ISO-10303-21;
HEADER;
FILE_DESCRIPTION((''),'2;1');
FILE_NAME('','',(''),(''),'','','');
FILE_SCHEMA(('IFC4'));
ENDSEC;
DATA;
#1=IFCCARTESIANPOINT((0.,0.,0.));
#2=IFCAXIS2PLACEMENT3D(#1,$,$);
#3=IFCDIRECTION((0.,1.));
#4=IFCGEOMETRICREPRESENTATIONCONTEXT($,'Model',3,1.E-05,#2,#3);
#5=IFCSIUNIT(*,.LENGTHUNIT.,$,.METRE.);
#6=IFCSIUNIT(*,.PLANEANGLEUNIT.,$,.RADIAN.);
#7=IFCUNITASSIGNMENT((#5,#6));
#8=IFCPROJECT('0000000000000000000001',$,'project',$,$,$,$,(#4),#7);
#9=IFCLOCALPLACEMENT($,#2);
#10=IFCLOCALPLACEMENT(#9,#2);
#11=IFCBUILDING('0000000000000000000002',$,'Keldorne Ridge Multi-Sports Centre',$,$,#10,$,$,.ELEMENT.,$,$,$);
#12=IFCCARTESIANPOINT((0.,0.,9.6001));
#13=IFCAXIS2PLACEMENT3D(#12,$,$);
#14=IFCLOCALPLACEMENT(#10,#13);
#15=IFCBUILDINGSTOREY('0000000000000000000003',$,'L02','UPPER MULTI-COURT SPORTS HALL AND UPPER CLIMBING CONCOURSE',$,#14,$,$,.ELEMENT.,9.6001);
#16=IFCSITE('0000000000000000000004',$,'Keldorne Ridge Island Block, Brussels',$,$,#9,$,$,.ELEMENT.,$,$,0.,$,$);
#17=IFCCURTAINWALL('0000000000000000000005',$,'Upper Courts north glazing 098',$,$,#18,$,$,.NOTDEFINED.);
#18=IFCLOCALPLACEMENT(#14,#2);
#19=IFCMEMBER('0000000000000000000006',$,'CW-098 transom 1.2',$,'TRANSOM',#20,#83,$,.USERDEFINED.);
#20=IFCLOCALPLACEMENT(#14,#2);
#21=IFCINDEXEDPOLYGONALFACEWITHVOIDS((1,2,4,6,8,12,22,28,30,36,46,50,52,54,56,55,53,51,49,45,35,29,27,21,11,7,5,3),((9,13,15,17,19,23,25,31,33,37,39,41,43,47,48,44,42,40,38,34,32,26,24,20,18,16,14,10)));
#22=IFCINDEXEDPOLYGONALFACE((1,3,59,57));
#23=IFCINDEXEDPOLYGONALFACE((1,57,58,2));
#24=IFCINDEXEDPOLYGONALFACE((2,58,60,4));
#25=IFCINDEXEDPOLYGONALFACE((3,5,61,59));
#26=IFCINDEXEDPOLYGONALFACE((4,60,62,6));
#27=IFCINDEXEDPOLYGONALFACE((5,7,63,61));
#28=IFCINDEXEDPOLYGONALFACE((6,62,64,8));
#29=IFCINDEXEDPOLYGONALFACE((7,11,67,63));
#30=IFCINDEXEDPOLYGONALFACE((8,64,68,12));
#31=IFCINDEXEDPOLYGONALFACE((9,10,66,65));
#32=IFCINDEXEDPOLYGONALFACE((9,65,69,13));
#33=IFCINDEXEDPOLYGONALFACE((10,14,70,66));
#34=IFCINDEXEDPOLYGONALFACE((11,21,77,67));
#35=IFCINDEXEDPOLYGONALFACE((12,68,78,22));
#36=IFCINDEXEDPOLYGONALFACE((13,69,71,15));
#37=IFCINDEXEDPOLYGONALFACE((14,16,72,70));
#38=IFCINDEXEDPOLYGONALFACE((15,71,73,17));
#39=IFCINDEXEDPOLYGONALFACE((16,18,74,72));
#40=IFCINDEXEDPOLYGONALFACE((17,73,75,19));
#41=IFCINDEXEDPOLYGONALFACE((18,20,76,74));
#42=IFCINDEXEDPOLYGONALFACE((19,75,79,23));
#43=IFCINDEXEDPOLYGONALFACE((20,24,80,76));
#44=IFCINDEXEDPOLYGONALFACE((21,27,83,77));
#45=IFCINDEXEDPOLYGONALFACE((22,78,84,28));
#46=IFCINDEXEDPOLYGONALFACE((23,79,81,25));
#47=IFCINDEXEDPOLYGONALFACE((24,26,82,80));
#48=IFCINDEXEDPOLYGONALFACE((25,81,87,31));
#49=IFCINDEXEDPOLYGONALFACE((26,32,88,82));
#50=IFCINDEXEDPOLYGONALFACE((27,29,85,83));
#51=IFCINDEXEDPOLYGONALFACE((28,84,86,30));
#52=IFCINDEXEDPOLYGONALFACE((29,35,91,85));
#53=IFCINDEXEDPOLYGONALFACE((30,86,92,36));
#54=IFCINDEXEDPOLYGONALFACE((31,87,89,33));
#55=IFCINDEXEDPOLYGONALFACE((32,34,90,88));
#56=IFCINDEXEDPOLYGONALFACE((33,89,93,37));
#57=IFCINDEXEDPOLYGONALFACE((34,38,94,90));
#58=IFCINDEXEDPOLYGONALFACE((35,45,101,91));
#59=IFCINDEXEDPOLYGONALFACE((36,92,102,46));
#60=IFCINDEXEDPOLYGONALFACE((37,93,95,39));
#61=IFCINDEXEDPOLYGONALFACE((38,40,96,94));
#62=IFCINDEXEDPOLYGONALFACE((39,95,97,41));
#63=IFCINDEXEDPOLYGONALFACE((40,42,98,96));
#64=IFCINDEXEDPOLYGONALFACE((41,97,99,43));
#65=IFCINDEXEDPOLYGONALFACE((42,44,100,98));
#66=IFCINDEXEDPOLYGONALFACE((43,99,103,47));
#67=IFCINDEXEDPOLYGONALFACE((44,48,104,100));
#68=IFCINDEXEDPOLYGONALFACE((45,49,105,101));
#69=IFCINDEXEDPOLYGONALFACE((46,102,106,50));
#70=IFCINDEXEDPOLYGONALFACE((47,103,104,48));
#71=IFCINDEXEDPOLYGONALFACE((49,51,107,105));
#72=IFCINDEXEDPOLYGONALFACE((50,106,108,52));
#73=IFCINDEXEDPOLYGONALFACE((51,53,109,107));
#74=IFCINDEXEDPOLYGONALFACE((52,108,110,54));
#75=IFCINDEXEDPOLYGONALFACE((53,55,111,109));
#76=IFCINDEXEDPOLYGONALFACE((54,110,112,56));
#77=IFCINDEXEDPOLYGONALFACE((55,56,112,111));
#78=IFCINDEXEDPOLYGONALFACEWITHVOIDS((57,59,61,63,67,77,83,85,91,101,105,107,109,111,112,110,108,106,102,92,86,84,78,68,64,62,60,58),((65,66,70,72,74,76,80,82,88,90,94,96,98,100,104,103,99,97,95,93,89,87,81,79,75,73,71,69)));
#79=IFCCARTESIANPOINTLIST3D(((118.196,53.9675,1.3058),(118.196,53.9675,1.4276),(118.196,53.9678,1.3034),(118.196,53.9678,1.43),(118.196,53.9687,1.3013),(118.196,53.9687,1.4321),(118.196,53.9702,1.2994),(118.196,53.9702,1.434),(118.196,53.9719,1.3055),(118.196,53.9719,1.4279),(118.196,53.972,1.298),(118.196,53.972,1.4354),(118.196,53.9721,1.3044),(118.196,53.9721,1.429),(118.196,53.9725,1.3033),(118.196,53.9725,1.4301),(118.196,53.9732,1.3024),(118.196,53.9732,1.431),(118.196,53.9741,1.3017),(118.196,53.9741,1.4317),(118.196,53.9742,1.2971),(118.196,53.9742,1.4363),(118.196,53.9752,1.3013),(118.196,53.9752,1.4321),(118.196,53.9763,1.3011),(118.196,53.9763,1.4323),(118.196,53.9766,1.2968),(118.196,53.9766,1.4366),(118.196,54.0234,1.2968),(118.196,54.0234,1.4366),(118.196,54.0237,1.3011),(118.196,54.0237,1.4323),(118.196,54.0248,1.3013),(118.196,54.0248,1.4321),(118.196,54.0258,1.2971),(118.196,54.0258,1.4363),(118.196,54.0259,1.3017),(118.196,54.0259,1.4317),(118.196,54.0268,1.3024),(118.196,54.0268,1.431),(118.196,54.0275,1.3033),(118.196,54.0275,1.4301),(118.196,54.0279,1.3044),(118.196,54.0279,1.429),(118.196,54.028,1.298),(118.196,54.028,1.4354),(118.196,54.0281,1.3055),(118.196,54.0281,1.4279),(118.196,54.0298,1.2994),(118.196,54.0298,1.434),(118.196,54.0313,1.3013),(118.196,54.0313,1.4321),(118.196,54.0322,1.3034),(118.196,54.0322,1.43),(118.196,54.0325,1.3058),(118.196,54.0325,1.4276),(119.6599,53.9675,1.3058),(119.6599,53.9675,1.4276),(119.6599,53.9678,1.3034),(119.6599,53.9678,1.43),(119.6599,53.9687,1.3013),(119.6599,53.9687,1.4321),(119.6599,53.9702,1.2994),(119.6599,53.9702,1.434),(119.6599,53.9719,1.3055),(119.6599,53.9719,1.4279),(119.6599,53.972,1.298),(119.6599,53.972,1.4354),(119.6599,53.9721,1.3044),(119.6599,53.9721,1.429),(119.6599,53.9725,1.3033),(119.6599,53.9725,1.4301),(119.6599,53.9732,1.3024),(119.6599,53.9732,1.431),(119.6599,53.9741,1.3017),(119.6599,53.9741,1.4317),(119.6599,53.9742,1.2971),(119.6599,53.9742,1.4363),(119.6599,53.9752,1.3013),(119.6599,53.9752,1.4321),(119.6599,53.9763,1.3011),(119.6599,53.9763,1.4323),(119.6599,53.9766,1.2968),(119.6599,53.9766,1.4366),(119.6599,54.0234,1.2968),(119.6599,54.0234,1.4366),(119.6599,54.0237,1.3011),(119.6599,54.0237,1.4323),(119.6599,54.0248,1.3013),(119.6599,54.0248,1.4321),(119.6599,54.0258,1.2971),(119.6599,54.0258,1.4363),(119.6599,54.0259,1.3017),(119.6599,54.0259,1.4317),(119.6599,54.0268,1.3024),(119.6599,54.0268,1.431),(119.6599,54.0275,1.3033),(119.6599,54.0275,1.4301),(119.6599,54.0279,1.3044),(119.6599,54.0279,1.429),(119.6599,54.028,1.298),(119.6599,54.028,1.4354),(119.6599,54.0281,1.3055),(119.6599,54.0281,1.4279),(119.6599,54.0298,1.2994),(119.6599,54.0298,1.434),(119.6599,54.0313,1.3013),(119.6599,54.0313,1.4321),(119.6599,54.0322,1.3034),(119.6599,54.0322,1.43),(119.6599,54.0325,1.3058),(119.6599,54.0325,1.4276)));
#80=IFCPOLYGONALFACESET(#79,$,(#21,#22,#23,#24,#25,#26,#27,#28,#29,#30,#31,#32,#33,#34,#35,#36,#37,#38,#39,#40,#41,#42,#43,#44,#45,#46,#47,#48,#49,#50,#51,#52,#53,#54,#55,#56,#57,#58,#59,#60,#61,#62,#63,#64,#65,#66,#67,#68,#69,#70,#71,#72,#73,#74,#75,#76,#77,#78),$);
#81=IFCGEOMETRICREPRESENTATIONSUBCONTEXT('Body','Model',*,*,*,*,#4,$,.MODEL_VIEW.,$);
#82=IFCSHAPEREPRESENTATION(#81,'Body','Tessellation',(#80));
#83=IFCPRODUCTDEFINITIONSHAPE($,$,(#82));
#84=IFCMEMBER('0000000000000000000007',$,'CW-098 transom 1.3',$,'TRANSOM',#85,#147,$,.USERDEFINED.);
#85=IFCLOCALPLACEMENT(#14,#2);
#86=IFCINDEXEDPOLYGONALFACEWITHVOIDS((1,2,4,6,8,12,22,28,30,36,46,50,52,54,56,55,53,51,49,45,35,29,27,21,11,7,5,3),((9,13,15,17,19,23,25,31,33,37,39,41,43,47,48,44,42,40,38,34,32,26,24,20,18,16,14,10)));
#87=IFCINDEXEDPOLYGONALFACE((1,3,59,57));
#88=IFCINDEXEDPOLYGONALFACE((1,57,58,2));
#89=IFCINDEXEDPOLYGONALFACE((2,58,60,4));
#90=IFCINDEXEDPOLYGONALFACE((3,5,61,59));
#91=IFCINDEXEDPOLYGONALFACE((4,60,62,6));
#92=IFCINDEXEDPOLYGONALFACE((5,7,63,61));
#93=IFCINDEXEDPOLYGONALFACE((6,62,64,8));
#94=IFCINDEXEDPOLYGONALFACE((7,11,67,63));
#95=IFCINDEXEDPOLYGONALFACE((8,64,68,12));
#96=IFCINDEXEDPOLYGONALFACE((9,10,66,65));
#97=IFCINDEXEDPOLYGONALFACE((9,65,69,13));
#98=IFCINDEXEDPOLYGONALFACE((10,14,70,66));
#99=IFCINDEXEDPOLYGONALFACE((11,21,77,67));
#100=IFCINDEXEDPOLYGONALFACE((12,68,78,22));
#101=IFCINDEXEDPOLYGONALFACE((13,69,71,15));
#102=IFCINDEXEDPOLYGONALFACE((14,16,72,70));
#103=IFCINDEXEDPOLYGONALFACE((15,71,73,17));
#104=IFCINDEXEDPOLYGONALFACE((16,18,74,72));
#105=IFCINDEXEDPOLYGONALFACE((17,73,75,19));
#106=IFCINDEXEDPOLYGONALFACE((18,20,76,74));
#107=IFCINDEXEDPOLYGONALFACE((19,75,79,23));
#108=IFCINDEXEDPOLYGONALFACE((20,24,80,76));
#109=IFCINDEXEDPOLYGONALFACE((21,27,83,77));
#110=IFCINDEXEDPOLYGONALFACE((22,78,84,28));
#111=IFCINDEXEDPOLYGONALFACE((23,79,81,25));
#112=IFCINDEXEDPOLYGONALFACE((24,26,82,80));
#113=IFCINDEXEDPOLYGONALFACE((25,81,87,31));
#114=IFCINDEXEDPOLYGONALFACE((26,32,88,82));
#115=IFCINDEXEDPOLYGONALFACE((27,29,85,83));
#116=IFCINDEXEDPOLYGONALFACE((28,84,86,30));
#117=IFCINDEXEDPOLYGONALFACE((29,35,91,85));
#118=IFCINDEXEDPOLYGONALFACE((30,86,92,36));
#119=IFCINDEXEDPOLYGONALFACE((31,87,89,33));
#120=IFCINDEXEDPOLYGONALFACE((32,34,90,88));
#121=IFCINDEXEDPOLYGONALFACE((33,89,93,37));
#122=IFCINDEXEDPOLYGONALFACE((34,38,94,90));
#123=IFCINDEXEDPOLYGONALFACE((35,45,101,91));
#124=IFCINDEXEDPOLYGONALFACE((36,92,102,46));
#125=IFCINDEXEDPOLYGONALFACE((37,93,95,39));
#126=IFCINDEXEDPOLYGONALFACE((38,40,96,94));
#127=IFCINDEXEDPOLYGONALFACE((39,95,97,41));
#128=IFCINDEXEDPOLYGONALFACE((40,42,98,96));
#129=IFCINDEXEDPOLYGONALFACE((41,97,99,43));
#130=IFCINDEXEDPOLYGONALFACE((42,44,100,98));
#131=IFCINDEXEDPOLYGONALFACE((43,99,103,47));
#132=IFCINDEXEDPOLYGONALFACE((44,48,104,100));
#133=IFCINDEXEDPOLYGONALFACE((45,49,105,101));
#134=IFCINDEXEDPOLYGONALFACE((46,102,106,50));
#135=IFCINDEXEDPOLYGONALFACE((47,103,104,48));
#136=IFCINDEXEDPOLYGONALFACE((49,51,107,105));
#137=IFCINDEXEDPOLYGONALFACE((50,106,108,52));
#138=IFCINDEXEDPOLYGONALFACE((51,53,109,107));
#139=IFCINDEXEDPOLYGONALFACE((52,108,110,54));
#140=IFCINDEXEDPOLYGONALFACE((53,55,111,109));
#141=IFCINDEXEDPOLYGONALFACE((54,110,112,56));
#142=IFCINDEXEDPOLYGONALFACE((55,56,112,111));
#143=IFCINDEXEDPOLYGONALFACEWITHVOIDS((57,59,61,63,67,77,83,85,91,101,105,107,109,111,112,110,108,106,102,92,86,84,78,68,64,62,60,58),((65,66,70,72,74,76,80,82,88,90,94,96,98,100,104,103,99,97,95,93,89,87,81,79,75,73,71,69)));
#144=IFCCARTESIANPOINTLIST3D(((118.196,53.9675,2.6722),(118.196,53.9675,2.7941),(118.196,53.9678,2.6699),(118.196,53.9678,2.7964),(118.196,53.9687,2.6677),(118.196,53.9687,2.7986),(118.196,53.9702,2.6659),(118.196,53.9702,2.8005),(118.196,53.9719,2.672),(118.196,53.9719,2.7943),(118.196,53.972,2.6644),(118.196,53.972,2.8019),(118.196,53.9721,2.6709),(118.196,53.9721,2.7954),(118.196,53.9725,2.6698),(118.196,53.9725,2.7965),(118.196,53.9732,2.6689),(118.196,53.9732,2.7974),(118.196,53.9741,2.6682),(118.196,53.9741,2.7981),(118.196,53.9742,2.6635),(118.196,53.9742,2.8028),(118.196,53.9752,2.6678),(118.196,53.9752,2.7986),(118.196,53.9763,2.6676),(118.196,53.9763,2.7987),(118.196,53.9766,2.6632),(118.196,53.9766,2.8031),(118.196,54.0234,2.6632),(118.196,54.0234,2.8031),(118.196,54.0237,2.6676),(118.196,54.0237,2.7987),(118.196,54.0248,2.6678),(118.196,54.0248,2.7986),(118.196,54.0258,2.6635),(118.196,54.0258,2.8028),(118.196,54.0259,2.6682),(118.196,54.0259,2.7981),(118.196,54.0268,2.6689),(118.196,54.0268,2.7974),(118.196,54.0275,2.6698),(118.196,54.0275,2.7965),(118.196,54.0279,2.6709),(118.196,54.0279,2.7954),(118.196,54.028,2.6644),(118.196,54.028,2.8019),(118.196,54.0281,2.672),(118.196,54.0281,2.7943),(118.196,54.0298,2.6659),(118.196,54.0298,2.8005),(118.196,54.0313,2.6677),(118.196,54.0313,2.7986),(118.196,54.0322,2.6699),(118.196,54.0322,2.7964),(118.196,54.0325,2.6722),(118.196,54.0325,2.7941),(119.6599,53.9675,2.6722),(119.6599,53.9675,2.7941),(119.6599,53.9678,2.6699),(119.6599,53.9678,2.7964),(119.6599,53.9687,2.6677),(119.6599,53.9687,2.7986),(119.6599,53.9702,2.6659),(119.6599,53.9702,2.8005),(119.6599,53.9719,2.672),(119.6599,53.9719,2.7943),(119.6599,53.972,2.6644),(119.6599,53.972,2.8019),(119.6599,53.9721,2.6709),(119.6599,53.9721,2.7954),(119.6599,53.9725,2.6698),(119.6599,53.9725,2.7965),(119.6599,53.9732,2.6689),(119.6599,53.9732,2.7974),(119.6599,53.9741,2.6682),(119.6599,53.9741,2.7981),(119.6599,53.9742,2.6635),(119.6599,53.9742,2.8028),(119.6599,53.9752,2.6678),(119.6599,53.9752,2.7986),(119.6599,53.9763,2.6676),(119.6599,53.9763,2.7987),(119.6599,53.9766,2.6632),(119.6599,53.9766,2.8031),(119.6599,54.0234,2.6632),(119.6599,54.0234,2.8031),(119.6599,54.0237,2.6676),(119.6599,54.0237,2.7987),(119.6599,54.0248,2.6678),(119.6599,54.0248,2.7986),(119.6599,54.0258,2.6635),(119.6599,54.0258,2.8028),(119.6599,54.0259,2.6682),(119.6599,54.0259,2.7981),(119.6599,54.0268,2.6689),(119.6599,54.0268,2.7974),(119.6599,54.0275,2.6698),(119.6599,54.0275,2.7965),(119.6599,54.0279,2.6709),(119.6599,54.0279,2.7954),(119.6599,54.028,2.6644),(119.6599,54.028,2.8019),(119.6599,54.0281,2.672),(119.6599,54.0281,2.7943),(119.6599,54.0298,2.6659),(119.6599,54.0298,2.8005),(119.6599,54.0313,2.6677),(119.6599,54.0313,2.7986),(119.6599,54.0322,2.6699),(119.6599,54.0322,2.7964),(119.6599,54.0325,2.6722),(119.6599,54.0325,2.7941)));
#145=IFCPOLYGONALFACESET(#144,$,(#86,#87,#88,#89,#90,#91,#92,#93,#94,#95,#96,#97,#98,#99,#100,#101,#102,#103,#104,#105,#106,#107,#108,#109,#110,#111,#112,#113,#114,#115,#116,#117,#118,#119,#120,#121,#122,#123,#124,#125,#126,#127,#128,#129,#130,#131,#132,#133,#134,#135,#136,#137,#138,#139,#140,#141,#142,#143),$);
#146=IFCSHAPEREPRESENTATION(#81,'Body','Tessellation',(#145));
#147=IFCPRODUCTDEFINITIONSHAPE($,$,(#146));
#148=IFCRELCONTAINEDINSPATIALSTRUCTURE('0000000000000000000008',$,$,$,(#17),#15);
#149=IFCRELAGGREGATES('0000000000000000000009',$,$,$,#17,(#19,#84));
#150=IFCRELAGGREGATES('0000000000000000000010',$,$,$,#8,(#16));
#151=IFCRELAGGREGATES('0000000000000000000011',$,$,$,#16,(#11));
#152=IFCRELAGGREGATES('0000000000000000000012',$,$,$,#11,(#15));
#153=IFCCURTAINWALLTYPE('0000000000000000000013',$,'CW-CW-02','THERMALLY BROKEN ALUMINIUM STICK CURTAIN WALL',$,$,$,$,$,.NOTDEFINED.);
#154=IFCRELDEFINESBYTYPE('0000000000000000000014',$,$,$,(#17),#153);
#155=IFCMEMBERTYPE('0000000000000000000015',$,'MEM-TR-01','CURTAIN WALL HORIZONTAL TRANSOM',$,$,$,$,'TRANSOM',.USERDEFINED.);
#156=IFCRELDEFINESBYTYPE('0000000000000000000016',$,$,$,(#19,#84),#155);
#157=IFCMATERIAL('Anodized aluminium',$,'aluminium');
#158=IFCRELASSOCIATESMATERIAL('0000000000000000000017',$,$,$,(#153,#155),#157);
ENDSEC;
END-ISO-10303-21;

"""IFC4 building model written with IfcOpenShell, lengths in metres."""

from ifc_helpers import new_model, si_unit, direction, frame, origin, origin_2d, place, context, subcontext, project, spatial, hollow_rectangle, extrude, material, material_profile, profile_set, type_object, element, aggregate, save


model = new_model("IFC4")

# Units and contexts
model_context = context("Model", 3, precision=1e-05, world=origin(), true_north=direction((0.0, 1.0)))
body_context = subcontext(model_context, "Body", "Model", "MODEL_VIEW")
ifc_project = project(units=[si_unit("LENGTHUNIT", "METRE"), si_unit("PLANEANGLEUNIT", "RADIAN")], contexts=[model_context])

# Site, building, storey
site_placement = place(None, origin())
site = spatial("IfcSite", under=ifc_project, at=site_placement, Name="Keldorne Ridge Island Block, Brussels", CompositionType="ELEMENT", RefElevation=0.0)
building_placement = place(site_placement, origin())
building = spatial("IfcBuilding", under=site, at=building_placement, Name="Keldorne Ridge Multi-Sports Centre", CompositionType="ELEMENT")
storey_placement = place(building_placement, frame((0.0, 0.0, 9.6001)))
storey = spatial("IfcBuildingStorey", under=building, at=storey_placement, Name="L02", Description="UPPER MULTI-COURT SPORTS HALL AND UPPER CLIMBING CONCOURSE", CompositionType="ELEMENT", Elevation=9.6001)

# Curtain wall
ifc_material_1 = material(Name="Anodized aluminium", Category="aluminium")
curtain_wall_type_1 = type_object("IfcCurtainWallType", Name="CW-CW-02", Description="THERMALLY BROKEN ALUMINIUM STICK CURTAIN WALL", PredefinedType="NOTDEFINED", material=ifc_material_1)
curtain_wall_1_placement = place(storey_placement, origin())
curtain_wall_1 = element("IfcCurtainWall", 1, at=curtain_wall_1_placement, inside=storey, type_object=curtain_wall_type_1, Name="Upper Courts north glazing 098", PredefinedType="NOTDEFINED")

# Members
ifc_material_profile_1 = material_profile(ifc_material_1, hollow_rectangle(XDim=0.0649, YDim=0.1399, WallThickness=0.0044, InnerFilletRadius=0.0044, OuterFilletRadius=0.009, at=origin_2d()), Name="ALU TRANSOM 140x65x4.5")
ifc_profile_set_1 = profile_set([ifc_material_profile_1], Name="Anodized aluminium")
member_type_1 = type_object("IfcMemberType", Name="MEM-TR-01", Description="CURTAIN WALL HORIZONTAL TRANSOM", ElementType="TRANSOM", PredefinedType="USERDEFINED", material=ifc_profile_set_1)
member_1_placement = place(storey_placement, frame((119.6599, 54.0, 1.3667), z_axis=(-1.0, 0.0, 0.0), x_axis=(0.0, -1.0, 0.0)))
member_1 = element("IfcMember", 2, at=member_1_placement, type_object=member_type_1, Name="CW-098 transom 1.2", ObjectType="TRANSOM", PredefinedType="USERDEFINED", context=body_context, shape_type="SweptSolid", body=[
    extrude(hollow_rectangle(XDim=0.0649, YDim=0.1399, WallThickness=0.0044, InnerFilletRadius=0.0044, OuterFilletRadius=0.009, at=origin_2d()), origin(), (0.0, 0.0, 1.0), 1.4639),
])
member_2_placement = place(storey_placement, frame((119.6599, 54.0, 2.7332), z_axis=(-1.0, 0.0, 0.0), x_axis=(0.0, -1.0, 0.0)))
member_2 = element("IfcMember", 3, at=member_2_placement, type_object=member_type_1, Name="CW-098 transom 1.3", ObjectType="TRANSOM", PredefinedType="USERDEFINED", context=body_context, shape_type="SweptSolid", body=[
    extrude(hollow_rectangle(XDim=0.0649, YDim=0.1399, WallThickness=0.0044, InnerFilletRadius=0.0044, OuterFilletRadius=0.009, at=origin_2d()), origin(), (0.0, 0.0, 1.0), 1.4639),
])

aggregate(curtain_wall_1, [member_1, member_2])

save(model, "model.ifc")
